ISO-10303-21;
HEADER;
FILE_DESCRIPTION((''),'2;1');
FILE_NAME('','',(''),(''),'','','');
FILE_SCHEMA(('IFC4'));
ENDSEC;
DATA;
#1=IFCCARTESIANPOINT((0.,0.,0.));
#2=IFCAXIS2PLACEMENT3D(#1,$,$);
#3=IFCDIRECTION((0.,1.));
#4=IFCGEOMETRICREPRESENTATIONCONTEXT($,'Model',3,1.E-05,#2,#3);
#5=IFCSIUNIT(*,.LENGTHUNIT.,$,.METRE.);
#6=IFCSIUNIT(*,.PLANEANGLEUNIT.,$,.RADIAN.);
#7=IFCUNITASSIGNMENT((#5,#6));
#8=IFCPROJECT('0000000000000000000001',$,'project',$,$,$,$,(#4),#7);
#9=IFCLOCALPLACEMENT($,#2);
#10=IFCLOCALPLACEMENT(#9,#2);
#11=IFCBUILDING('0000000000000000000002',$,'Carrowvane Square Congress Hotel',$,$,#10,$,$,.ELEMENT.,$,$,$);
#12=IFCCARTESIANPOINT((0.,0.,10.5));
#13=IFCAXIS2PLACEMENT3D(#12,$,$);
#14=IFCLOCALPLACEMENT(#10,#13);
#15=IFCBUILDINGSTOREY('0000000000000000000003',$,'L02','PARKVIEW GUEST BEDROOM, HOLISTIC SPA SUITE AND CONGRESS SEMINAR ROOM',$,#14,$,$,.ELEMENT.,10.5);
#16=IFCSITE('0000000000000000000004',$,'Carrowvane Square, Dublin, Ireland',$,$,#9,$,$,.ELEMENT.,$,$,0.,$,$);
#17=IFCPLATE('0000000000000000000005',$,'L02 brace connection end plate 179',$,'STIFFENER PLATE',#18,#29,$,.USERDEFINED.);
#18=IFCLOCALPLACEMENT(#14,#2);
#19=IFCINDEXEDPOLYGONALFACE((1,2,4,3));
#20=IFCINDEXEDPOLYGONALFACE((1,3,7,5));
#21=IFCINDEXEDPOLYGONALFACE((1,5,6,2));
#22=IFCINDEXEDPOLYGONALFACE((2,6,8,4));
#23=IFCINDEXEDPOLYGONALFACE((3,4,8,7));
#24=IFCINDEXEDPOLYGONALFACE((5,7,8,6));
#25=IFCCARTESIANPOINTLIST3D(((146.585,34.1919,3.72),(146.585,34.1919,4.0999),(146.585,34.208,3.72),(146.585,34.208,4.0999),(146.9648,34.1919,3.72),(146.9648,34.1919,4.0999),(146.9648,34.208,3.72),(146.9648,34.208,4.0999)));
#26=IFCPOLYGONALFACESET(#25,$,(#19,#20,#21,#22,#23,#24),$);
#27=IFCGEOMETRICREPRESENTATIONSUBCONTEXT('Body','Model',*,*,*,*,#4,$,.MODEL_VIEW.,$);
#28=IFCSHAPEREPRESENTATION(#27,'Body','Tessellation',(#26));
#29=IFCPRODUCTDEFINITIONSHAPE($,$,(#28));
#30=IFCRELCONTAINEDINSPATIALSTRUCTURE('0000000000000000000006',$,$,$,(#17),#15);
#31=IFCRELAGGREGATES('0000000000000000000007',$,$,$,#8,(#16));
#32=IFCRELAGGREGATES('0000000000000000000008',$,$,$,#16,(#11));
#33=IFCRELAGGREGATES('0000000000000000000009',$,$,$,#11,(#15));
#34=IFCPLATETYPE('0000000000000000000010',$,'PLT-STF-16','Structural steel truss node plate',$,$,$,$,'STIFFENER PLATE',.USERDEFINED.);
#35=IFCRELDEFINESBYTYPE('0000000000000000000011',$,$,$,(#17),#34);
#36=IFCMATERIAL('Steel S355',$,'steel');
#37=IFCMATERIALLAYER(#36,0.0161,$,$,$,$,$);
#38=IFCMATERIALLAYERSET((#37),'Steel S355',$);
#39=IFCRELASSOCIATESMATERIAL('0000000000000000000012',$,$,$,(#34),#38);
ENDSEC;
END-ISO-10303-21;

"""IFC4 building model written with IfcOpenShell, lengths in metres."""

from ifc_helpers import new_model, si_unit, direction, frame, origin, origin_2d, place, context, subcontext, project, spatial, rectangle, extrude, material, layer, layer_set, type_object, element, save


model = new_model("IFC4")

# Units and contexts
model_context = context("Model", 3, precision=1e-05, world=origin(), true_north=direction((0.0, 1.0)))
body_context = subcontext(model_context, "Body", "Model", "MODEL_VIEW")
ifc_project = project(units=[si_unit("LENGTHUNIT", "METRE"), si_unit("PLANEANGLEUNIT", "RADIAN")], contexts=[model_context])

# Site, building, storey
site_placement = place(None, origin())
site = spatial("IfcSite", under=ifc_project, at=site_placement, Name="Carrowvane Square, Dublin, Ireland", CompositionType="ELEMENT", RefElevation=0.0)
building_placement = place(site_placement, origin())
building = spatial("IfcBuilding", under=site, at=building_placement, Name="Carrowvane Square Congress Hotel", CompositionType="ELEMENT")
storey_placement = place(building_placement, frame((0.0, 0.0, 10.5)))
storey = spatial("IfcBuildingStorey", under=building, at=storey_placement, Name="L02", Description="PARKVIEW GUEST BEDROOM, HOLISTIC SPA SUITE AND CONGRESS SEMINAR ROOM", CompositionType="ELEMENT", Elevation=10.5)

# Plate
ifc_material_1 = material(Name="Steel S355", Category="steel")
ifc_layer_1 = layer(ifc_material_1, 0.0161)
ifc_layer_set_1 = layer_set([ifc_layer_1], Name="Steel S355")
plate_type_1 = type_object("IfcPlateType", Name="PLT-STF-16", Description="Structural steel truss node plate", ElementType="STIFFENER PLATE", PredefinedType="USERDEFINED", material=ifc_layer_set_1)
plate_1_placement = place(storey_placement, frame((146.7749, 34.2, 3.72), z_axis=(0.0, 0.0, 1.0), x_axis=(1.0, 0.0, 0.0)))
element("IfcPlate", 1, at=plate_1_placement, inside=storey, type_object=plate_type_1, Name="L02 brace connection end plate 179", ObjectType="STIFFENER PLATE", PredefinedType="USERDEFINED", context=body_context, shape_type="SweptSolid", body=[
    extrude(rectangle(XDim=0.3799, YDim=0.0161, at=origin_2d()), origin(), (0.0, 0.0, 1.0), 0.3799),
])

save(model, "model.ifc")
